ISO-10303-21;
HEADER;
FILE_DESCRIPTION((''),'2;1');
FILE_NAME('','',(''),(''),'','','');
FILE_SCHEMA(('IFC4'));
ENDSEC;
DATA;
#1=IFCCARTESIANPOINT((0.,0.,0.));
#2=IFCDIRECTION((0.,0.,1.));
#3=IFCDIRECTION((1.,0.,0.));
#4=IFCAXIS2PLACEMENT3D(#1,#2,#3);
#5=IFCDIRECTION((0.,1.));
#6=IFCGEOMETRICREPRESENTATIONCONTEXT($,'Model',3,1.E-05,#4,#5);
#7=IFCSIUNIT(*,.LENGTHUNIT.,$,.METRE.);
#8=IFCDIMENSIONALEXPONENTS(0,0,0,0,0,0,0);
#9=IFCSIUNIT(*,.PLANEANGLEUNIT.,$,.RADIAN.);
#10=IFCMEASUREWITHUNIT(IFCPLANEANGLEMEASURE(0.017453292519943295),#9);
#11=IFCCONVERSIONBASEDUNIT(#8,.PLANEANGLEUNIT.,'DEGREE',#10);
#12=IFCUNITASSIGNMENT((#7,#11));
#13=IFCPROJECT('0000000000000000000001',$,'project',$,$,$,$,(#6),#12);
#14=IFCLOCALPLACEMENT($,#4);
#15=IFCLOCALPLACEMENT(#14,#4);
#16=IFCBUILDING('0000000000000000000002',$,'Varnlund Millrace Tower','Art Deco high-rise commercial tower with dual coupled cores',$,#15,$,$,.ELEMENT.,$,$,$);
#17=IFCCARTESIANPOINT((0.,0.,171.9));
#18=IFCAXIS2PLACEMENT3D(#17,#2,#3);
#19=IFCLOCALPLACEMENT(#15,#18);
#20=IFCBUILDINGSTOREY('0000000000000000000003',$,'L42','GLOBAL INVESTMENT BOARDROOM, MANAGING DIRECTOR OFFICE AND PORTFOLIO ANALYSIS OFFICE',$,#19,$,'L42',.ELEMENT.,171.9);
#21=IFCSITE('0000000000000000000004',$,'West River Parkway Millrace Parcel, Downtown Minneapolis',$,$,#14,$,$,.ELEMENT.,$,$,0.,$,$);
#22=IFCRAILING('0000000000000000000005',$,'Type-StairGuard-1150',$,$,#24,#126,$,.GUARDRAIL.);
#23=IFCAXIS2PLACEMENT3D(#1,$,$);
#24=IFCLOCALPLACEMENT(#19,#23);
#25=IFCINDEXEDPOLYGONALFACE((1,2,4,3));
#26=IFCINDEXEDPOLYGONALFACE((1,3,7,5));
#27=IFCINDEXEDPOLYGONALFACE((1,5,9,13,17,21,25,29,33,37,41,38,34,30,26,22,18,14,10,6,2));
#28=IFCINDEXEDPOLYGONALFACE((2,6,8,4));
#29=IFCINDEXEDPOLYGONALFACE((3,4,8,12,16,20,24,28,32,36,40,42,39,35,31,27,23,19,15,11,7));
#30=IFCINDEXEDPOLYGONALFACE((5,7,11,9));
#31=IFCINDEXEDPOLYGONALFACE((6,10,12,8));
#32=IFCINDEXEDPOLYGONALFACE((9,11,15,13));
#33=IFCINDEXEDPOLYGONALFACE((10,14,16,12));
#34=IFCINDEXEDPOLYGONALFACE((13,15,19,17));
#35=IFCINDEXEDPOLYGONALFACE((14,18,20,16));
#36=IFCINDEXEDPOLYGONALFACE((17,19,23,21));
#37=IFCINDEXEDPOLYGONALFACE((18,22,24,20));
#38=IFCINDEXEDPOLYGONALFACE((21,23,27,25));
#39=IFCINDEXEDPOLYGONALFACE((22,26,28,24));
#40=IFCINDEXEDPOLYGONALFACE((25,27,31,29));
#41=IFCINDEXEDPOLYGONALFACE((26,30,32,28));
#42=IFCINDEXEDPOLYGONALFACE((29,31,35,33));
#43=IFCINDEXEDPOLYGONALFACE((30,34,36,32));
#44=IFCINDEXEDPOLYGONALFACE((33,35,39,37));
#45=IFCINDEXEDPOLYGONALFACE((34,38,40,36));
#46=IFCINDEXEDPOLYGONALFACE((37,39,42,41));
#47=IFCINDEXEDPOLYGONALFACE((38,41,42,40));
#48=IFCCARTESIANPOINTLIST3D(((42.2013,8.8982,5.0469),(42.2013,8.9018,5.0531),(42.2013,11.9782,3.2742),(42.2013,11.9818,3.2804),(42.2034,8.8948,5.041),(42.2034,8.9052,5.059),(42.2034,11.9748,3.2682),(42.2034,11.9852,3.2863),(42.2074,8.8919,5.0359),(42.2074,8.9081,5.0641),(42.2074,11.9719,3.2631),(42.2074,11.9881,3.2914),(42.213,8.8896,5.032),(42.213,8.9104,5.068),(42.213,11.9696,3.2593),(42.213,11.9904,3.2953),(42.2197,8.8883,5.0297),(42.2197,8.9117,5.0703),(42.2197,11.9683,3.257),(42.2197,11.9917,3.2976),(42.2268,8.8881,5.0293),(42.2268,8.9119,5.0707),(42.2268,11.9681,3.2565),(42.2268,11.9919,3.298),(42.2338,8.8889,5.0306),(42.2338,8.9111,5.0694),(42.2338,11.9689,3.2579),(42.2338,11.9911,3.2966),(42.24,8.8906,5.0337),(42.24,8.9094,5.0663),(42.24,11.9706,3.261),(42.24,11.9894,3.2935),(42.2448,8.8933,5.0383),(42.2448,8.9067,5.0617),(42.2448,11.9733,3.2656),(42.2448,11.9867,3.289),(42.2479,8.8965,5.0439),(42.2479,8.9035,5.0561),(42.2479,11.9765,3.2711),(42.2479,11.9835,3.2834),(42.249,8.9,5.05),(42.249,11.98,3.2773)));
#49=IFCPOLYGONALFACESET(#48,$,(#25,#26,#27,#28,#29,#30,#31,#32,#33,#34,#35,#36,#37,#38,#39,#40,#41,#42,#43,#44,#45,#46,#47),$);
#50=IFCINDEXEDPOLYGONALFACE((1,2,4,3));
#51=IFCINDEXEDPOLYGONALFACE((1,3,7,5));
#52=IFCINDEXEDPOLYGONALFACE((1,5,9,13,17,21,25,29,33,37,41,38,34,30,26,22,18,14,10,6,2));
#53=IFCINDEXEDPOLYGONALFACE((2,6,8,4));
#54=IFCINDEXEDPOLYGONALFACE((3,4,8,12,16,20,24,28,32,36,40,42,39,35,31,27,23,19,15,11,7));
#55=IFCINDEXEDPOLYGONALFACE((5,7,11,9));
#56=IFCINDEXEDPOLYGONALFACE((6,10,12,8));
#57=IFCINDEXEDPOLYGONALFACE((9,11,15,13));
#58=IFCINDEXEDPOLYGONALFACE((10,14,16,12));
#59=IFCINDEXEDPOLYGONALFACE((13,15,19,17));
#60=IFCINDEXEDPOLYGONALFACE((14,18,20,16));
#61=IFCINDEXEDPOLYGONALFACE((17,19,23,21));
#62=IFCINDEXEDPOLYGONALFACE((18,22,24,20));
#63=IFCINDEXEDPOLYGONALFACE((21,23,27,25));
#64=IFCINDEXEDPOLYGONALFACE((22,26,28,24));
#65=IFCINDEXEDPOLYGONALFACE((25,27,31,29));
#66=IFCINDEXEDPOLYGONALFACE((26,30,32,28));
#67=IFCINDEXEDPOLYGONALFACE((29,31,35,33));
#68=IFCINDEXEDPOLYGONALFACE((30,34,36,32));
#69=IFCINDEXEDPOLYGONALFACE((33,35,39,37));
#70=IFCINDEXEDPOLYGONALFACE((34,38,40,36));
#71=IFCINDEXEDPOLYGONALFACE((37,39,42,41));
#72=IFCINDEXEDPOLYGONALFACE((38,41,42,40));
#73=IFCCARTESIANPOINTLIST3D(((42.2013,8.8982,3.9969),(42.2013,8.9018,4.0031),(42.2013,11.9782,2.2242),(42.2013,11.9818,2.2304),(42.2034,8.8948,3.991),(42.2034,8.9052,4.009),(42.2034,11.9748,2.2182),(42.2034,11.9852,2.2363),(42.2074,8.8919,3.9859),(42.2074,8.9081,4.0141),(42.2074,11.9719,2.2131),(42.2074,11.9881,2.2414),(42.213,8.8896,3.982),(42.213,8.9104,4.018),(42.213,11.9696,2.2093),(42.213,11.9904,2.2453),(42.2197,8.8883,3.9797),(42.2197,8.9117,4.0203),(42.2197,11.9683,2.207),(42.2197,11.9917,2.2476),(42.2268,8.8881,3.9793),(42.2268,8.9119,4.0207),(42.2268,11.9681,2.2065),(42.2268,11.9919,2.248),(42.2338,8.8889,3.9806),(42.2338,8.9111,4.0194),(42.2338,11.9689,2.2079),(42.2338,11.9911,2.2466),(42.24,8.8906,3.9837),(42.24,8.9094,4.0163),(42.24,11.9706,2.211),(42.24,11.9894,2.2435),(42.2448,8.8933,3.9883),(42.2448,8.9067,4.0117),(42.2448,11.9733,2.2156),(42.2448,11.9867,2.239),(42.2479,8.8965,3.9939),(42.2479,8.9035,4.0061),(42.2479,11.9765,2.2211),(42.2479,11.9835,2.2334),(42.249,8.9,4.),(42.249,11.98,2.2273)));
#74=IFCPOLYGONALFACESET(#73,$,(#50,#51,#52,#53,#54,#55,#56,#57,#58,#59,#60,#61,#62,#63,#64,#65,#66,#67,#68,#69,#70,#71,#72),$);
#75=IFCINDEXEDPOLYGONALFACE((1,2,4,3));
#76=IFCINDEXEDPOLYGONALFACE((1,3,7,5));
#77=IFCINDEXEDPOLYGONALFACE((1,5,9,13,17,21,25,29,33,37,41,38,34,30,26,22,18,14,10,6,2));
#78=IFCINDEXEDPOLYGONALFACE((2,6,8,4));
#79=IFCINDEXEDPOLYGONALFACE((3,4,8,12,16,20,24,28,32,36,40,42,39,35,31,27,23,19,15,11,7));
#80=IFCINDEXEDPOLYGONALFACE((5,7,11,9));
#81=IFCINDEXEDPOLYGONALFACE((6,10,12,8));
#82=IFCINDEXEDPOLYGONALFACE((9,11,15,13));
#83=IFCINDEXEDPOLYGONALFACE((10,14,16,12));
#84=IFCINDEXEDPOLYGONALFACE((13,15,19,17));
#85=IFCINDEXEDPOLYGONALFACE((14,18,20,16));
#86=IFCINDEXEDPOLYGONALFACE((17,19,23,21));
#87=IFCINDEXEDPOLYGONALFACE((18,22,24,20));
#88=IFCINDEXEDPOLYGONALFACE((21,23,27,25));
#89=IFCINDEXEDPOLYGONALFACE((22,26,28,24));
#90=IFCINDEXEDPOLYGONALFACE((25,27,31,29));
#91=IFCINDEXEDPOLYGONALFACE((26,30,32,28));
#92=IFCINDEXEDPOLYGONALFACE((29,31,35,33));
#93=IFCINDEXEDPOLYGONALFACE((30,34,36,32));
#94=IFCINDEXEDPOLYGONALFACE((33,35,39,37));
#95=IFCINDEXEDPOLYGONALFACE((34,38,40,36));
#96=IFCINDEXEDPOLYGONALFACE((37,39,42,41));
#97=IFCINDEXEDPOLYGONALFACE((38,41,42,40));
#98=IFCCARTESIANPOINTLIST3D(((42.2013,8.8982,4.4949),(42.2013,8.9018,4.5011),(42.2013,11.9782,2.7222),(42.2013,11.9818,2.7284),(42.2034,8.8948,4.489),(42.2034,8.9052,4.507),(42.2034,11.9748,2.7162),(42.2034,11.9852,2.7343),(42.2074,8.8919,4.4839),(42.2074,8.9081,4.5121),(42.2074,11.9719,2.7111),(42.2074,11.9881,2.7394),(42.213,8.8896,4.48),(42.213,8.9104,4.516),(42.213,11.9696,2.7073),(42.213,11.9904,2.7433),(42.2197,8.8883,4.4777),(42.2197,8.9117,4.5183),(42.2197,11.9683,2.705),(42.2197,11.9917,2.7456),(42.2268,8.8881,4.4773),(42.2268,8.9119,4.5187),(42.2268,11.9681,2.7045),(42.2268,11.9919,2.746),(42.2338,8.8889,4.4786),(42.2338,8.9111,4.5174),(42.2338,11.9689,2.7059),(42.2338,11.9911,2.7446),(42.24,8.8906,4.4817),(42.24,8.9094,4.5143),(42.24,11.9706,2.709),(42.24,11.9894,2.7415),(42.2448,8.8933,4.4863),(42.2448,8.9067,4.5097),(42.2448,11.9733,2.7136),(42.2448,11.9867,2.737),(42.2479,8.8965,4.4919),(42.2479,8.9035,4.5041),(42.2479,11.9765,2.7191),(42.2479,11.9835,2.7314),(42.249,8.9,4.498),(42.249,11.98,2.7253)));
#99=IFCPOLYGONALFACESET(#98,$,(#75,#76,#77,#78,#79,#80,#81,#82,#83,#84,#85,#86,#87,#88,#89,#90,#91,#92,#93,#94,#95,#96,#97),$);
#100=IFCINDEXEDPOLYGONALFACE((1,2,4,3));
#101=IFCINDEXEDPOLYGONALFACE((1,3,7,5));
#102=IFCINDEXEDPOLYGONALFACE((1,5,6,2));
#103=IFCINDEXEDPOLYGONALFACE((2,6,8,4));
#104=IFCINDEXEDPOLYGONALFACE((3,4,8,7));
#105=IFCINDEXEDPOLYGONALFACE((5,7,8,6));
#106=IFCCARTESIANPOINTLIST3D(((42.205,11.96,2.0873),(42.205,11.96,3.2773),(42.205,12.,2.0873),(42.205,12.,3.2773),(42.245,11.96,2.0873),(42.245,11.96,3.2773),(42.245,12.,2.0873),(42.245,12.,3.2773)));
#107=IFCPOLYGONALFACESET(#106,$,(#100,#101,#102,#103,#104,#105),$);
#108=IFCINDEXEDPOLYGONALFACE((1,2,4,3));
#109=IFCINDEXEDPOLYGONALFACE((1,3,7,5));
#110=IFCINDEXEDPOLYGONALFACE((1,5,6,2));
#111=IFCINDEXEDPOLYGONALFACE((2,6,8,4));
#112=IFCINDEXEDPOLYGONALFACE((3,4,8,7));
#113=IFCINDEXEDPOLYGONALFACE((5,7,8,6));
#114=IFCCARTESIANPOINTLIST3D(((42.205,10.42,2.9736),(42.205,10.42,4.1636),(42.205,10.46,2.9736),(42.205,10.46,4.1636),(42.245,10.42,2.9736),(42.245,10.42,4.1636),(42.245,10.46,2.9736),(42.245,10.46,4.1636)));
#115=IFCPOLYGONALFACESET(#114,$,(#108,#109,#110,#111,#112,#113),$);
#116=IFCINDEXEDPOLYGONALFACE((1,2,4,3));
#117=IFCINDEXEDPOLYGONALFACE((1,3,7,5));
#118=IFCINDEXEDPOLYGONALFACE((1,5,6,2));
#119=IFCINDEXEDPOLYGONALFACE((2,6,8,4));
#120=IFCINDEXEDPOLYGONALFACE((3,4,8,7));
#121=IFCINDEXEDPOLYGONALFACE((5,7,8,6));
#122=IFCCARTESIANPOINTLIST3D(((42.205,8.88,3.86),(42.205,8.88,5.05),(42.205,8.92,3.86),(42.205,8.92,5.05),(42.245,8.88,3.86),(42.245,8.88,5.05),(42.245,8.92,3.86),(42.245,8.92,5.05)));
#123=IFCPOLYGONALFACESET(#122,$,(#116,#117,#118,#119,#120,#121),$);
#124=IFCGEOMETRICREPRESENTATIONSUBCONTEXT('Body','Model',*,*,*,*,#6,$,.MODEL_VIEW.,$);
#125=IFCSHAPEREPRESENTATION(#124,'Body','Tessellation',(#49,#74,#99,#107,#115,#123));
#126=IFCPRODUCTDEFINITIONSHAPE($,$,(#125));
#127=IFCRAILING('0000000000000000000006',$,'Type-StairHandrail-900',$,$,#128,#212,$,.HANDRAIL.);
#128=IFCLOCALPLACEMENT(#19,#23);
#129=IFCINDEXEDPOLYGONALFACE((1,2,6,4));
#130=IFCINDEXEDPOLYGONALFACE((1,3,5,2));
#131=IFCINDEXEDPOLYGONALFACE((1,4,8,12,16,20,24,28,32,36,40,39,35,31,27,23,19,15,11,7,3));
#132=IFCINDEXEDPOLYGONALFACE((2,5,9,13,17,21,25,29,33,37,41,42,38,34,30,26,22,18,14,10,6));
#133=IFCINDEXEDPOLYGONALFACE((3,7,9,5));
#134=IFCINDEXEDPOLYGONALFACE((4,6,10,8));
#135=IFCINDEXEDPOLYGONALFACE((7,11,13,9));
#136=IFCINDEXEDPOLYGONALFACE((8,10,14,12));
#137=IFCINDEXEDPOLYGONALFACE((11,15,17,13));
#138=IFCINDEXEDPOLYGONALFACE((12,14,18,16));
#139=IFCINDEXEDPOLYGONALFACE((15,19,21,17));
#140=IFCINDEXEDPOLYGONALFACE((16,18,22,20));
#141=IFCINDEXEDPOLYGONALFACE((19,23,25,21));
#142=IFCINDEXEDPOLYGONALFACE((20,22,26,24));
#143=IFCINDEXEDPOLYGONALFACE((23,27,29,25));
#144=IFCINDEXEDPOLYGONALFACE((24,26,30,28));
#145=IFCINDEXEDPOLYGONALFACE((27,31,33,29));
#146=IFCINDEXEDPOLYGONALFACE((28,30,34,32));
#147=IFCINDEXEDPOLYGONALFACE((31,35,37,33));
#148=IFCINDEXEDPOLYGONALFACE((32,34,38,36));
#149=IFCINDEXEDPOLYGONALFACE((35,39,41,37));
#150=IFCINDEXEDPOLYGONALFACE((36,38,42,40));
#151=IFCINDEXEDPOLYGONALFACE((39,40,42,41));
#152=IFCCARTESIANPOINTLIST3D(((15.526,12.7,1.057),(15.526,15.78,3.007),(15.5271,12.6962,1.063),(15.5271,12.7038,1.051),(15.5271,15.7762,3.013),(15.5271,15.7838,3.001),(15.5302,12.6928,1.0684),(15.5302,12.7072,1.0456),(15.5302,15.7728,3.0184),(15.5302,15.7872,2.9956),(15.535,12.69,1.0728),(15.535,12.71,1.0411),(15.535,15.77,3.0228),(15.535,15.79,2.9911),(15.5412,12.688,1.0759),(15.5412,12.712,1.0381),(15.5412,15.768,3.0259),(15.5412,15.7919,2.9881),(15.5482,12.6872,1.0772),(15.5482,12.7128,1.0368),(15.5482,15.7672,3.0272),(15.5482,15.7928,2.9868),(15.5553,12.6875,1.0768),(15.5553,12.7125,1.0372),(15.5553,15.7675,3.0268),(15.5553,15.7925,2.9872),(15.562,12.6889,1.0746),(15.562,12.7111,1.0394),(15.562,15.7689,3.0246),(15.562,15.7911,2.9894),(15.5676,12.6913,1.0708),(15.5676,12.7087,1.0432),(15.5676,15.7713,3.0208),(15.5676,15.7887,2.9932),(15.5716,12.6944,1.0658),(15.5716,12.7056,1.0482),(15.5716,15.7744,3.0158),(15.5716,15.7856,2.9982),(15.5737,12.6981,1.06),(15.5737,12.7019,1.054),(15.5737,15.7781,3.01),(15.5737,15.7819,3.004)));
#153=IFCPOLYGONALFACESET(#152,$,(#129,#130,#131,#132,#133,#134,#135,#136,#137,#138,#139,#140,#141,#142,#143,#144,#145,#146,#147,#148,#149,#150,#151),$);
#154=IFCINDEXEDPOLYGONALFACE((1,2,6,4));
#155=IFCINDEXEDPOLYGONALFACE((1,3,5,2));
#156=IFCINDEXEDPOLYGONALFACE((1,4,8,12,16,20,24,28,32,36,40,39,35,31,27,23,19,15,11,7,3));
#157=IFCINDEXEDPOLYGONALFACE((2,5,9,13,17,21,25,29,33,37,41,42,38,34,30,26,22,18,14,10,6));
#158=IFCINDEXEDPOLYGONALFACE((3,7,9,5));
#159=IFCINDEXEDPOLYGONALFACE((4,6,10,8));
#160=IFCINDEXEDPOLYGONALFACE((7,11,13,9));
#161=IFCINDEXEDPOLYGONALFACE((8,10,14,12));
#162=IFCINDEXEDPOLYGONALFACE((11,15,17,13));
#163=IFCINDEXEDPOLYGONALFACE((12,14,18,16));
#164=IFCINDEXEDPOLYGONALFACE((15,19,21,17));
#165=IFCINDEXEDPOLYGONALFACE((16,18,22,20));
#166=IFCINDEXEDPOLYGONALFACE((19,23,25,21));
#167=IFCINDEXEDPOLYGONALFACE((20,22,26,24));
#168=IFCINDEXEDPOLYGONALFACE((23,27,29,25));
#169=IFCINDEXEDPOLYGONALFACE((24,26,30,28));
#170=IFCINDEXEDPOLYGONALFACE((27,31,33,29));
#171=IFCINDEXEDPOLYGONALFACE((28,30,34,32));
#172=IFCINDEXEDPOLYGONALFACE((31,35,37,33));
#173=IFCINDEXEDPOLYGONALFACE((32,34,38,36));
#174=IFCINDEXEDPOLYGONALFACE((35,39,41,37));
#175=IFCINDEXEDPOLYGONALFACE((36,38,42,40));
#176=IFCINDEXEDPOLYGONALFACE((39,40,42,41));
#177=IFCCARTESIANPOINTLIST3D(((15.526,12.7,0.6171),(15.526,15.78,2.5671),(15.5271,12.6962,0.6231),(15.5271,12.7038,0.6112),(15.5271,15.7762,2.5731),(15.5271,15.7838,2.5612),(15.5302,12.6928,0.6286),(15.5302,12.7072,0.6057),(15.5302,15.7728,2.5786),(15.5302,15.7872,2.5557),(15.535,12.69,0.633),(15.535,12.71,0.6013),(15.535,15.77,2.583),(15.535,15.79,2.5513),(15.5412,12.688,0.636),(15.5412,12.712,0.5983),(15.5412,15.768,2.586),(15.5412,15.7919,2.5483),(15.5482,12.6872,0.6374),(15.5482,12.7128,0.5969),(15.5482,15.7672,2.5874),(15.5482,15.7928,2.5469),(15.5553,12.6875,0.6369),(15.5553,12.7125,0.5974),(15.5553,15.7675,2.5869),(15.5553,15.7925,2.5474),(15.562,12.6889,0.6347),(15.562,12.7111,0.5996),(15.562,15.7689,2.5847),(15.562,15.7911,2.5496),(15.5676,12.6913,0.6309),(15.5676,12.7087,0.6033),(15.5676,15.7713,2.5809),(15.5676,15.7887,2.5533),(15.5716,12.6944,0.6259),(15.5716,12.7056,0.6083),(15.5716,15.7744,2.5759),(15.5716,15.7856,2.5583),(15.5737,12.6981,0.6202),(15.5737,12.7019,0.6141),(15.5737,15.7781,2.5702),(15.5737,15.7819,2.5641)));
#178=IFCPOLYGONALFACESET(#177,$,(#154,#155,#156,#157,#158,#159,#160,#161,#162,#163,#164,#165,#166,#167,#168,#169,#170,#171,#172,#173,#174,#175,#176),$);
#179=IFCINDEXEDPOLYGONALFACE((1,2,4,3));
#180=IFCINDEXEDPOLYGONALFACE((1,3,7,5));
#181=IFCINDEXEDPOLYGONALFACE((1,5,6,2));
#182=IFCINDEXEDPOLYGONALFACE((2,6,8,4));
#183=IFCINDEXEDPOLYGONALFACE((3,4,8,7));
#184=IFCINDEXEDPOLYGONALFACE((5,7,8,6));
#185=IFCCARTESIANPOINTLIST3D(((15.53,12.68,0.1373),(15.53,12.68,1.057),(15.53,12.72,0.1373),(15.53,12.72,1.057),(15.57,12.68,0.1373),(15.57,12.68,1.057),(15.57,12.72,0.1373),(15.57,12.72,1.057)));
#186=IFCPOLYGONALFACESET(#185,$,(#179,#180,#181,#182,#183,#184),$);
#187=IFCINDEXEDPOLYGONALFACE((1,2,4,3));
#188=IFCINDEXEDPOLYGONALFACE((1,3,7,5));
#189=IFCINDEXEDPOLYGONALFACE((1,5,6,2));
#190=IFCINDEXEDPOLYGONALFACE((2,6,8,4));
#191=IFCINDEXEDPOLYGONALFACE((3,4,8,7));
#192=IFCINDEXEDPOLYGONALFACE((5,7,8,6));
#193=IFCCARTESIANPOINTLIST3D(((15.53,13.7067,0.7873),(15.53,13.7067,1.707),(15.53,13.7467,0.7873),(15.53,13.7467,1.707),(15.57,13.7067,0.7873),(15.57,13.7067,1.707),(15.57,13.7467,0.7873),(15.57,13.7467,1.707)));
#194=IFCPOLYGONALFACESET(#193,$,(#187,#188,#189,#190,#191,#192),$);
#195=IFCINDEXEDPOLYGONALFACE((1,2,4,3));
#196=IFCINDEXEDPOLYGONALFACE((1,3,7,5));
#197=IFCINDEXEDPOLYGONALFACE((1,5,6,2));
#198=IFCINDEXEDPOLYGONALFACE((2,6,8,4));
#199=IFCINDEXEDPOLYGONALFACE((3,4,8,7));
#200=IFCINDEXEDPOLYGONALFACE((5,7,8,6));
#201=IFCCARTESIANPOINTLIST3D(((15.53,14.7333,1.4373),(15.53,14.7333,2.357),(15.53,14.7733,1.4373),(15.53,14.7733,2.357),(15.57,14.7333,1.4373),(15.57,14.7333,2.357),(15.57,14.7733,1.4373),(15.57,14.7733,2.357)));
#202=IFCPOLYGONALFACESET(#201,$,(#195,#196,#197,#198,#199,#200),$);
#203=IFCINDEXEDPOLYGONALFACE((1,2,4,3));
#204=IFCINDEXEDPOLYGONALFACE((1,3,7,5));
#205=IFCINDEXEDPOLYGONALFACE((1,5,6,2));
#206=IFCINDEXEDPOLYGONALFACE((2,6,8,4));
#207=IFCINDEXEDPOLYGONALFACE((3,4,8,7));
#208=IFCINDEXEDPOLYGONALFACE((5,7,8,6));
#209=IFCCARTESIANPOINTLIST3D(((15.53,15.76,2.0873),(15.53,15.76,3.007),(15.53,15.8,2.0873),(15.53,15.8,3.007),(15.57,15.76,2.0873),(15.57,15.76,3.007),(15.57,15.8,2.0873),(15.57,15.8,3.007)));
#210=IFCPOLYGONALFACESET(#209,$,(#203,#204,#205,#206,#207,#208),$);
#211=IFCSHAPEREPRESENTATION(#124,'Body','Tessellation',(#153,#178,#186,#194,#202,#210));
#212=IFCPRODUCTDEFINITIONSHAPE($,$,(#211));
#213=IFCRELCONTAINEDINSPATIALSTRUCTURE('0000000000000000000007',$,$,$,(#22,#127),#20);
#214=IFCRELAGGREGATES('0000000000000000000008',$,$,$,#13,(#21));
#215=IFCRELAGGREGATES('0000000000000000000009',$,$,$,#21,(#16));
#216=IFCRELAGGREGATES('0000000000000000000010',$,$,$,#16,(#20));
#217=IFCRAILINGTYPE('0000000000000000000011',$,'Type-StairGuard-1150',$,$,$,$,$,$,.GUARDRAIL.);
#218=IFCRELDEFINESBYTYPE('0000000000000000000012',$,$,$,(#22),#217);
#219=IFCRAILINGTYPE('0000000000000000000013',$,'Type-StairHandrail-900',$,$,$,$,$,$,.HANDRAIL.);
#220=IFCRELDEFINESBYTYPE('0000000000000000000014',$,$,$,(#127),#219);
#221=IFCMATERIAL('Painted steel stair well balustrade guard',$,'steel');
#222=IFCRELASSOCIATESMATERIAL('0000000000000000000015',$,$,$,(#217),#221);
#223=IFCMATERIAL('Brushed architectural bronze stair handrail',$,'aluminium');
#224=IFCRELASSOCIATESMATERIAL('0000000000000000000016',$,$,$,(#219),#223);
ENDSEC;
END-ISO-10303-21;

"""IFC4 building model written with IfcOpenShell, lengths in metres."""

from ifc_helpers import new_model, entity, si_unit, converted_unit, direction, frame, origin_with_axes, origin_2d_with_axis, place, context, subcontext, project, spatial, rectangle, circle, extrude, material, type_object, element, save


model = new_model("IFC4")

# Units and contexts
model_context = context("Model", 3, precision=1e-05, world=origin_with_axes(), true_north=direction((0.0, 1.0)))
body_context = subcontext(model_context, "Body", "Model", "MODEL_VIEW")
ifc_project = project(units=[si_unit("LENGTHUNIT", "METRE"), converted_unit("PLANEANGLEUNIT", "DEGREE", entity("IfcPlaneAngleMeasure", 0.017453292519943295), si_unit("PLANEANGLEUNIT", "RADIAN"), dimensions=[0, 0, 0, 0, 0, 0, 0])], contexts=[model_context])

# Site, building, storey
site_placement = place(None, origin_with_axes())
site = spatial("IfcSite", under=ifc_project, at=site_placement, Name="West River Parkway Millrace Parcel, Downtown Minneapolis", CompositionType="ELEMENT", RefElevation=0.0)
building_placement = place(site_placement, origin_with_axes())
building = spatial("IfcBuilding", under=site, at=building_placement, Name="Varnlund Millrace Tower", Description="Art Deco high-rise commercial tower with dual coupled cores", CompositionType="ELEMENT")
storey_placement = place(building_placement, frame((0.0, 0.0, 171.9), z_axis=(0.0, 0.0, 1.0), x_axis=(1.0, 0.0, 0.0)))
storey = spatial("IfcBuildingStorey", under=building, at=storey_placement, Name="L42", Description="GLOBAL INVESTMENT BOARDROOM, MANAGING DIRECTOR OFFICE AND PORTFOLIO ANALYSIS OFFICE", LongName="L42", CompositionType="ELEMENT", Elevation=171.9)

# Railings
ifc_material_1 = material(Name="Painted steel stair well balustrade guard", Category="steel")
railing_type_1 = type_object("IfcRailingType", Name="Type-StairGuard-1150", PredefinedType="GUARDRAIL", material=ifc_material_1)
railing_1_placement = place(storey_placement, frame((0.0, 0.0, -171.9), z_axis=(0.0, 0.0, 1.0), x_axis=(1.0, 0.0, 0.0)))
element("IfcRailing", 1, at=railing_1_placement, inside=storey, type_object=railing_type_1, Name="Type-StairGuard-1150", PredefinedType="GUARDRAIL", context=body_context, shape_type="SweptSolid", body=[
    extrude(circle(Radius=0.024, at=origin_2d_with_axis()), frame((42.225, 11.98, 175.1773), z_axis=(0.0, -0.866696, 0.498836), x_axis=(1.0, 0.0, 0.0)), (0.0, 0.0, 1.0), 3.5537),
    extrude(circle(Radius=0.024, at=origin_2d_with_axis()), frame((42.225, 11.98, 174.1273), z_axis=(0.0, -0.866696, 0.498836), x_axis=(1.0, 0.0, 0.0)), (0.0, 0.0, 1.0), 3.5537),
    extrude(circle(Radius=0.024, at=origin_2d_with_axis()), frame((42.225, 11.98, 174.6253), z_axis=(0.0, -0.866696, 0.498836), x_axis=(1.0, 0.0, 0.0)), (0.0, 0.0, 1.0), 3.5537),
    extrude(rectangle(XDim=0.04, YDim=0.04, at=origin_2d_with_axis()), frame((42.225, 11.98, 173.9873), z_axis=(0.0, 0.0, 1.0), x_axis=(1.0, 0.0, 0.0)), (0.0, 0.0, 1.0), 1.19),
    extrude(rectangle(XDim=0.04, YDim=0.04, at=origin_2d_with_axis()), frame((42.225, 10.44, 174.8736), z_axis=(0.0, 0.0, 1.0), x_axis=(1.0, 0.0, 0.0)), (0.0, 0.0, 1.0), 1.19),
    extrude(rectangle(XDim=0.04, YDim=0.04, at=origin_2d_with_axis()), frame((42.225, 8.9, 175.76), z_axis=(0.0, 0.0, 1.0), x_axis=(1.0, 0.0, 0.0)), (0.0, 0.0, 1.0), 1.19),
])
ifc_material_2 = material(Name="Brushed architectural bronze stair handrail", Category="aluminium")
railing_type_2 = type_object("IfcRailingType", Name="Type-StairHandrail-900", PredefinedType="HANDRAIL", material=ifc_material_2)
railing_2_placement = place(storey_placement, frame((0.0, 0.0, -171.9), z_axis=(0.0, 0.0, 1.0), x_axis=(1.0, 0.0, 0.0)))
element("IfcRailing", 2, at=railing_2_placement, inside=storey, type_object=railing_type_2, Name="Type-StairHandrail-900", PredefinedType="HANDRAIL", context=body_context, shape_type="SweptSolid", body=[
    extrude(circle(Radius=0.024, at=origin_2d_with_axis()), frame((15.55, 12.7, 172.957), z_axis=(0.0, 0.844902, 0.534922), x_axis=(-1.0, 0.0, 0.0)), (0.0, 0.0, 1.0), 3.6454),
    extrude(circle(Radius=0.024, at=origin_2d_with_axis()), frame((15.55, 12.7, 172.5171), z_axis=(0.0, 0.844902, 0.534922), x_axis=(-1.0, 0.0, 0.0)), (0.0, 0.0, 1.0), 3.6454),
    extrude(rectangle(XDim=0.04, YDim=0.04, at=origin_2d_with_axis()), frame((15.55, 12.7, 172.0373), z_axis=(0.0, 0.0, 1.0), x_axis=(1.0, 0.0, 0.0)), (0.0, 0.0, 1.0), 0.9197),
    extrude(rectangle(XDim=0.04, YDim=0.04, at=origin_2d_with_axis()), frame((15.55, 13.7267, 172.6873), z_axis=(0.0, 0.0, 1.0), x_axis=(1.0, 0.0, 0.0)), (0.0, 0.0, 1.0), 0.9197),
    extrude(rectangle(XDim=0.04, YDim=0.04, at=origin_2d_with_axis()), frame((15.55, 14.7533, 173.3373), z_axis=(0.0, 0.0, 1.0), x_axis=(1.0, 0.0, 0.0)), (0.0, 0.0, 1.0), 0.9197),
    extrude(rectangle(XDim=0.04, YDim=0.04, at=origin_2d_with_axis()), frame((15.55, 15.78, 173.9873), z_axis=(0.0, 0.0, 1.0), x_axis=(1.0, 0.0, 0.0)), (0.0, 0.0, 1.0), 0.9197),
])

save(model, "model.ifc")
